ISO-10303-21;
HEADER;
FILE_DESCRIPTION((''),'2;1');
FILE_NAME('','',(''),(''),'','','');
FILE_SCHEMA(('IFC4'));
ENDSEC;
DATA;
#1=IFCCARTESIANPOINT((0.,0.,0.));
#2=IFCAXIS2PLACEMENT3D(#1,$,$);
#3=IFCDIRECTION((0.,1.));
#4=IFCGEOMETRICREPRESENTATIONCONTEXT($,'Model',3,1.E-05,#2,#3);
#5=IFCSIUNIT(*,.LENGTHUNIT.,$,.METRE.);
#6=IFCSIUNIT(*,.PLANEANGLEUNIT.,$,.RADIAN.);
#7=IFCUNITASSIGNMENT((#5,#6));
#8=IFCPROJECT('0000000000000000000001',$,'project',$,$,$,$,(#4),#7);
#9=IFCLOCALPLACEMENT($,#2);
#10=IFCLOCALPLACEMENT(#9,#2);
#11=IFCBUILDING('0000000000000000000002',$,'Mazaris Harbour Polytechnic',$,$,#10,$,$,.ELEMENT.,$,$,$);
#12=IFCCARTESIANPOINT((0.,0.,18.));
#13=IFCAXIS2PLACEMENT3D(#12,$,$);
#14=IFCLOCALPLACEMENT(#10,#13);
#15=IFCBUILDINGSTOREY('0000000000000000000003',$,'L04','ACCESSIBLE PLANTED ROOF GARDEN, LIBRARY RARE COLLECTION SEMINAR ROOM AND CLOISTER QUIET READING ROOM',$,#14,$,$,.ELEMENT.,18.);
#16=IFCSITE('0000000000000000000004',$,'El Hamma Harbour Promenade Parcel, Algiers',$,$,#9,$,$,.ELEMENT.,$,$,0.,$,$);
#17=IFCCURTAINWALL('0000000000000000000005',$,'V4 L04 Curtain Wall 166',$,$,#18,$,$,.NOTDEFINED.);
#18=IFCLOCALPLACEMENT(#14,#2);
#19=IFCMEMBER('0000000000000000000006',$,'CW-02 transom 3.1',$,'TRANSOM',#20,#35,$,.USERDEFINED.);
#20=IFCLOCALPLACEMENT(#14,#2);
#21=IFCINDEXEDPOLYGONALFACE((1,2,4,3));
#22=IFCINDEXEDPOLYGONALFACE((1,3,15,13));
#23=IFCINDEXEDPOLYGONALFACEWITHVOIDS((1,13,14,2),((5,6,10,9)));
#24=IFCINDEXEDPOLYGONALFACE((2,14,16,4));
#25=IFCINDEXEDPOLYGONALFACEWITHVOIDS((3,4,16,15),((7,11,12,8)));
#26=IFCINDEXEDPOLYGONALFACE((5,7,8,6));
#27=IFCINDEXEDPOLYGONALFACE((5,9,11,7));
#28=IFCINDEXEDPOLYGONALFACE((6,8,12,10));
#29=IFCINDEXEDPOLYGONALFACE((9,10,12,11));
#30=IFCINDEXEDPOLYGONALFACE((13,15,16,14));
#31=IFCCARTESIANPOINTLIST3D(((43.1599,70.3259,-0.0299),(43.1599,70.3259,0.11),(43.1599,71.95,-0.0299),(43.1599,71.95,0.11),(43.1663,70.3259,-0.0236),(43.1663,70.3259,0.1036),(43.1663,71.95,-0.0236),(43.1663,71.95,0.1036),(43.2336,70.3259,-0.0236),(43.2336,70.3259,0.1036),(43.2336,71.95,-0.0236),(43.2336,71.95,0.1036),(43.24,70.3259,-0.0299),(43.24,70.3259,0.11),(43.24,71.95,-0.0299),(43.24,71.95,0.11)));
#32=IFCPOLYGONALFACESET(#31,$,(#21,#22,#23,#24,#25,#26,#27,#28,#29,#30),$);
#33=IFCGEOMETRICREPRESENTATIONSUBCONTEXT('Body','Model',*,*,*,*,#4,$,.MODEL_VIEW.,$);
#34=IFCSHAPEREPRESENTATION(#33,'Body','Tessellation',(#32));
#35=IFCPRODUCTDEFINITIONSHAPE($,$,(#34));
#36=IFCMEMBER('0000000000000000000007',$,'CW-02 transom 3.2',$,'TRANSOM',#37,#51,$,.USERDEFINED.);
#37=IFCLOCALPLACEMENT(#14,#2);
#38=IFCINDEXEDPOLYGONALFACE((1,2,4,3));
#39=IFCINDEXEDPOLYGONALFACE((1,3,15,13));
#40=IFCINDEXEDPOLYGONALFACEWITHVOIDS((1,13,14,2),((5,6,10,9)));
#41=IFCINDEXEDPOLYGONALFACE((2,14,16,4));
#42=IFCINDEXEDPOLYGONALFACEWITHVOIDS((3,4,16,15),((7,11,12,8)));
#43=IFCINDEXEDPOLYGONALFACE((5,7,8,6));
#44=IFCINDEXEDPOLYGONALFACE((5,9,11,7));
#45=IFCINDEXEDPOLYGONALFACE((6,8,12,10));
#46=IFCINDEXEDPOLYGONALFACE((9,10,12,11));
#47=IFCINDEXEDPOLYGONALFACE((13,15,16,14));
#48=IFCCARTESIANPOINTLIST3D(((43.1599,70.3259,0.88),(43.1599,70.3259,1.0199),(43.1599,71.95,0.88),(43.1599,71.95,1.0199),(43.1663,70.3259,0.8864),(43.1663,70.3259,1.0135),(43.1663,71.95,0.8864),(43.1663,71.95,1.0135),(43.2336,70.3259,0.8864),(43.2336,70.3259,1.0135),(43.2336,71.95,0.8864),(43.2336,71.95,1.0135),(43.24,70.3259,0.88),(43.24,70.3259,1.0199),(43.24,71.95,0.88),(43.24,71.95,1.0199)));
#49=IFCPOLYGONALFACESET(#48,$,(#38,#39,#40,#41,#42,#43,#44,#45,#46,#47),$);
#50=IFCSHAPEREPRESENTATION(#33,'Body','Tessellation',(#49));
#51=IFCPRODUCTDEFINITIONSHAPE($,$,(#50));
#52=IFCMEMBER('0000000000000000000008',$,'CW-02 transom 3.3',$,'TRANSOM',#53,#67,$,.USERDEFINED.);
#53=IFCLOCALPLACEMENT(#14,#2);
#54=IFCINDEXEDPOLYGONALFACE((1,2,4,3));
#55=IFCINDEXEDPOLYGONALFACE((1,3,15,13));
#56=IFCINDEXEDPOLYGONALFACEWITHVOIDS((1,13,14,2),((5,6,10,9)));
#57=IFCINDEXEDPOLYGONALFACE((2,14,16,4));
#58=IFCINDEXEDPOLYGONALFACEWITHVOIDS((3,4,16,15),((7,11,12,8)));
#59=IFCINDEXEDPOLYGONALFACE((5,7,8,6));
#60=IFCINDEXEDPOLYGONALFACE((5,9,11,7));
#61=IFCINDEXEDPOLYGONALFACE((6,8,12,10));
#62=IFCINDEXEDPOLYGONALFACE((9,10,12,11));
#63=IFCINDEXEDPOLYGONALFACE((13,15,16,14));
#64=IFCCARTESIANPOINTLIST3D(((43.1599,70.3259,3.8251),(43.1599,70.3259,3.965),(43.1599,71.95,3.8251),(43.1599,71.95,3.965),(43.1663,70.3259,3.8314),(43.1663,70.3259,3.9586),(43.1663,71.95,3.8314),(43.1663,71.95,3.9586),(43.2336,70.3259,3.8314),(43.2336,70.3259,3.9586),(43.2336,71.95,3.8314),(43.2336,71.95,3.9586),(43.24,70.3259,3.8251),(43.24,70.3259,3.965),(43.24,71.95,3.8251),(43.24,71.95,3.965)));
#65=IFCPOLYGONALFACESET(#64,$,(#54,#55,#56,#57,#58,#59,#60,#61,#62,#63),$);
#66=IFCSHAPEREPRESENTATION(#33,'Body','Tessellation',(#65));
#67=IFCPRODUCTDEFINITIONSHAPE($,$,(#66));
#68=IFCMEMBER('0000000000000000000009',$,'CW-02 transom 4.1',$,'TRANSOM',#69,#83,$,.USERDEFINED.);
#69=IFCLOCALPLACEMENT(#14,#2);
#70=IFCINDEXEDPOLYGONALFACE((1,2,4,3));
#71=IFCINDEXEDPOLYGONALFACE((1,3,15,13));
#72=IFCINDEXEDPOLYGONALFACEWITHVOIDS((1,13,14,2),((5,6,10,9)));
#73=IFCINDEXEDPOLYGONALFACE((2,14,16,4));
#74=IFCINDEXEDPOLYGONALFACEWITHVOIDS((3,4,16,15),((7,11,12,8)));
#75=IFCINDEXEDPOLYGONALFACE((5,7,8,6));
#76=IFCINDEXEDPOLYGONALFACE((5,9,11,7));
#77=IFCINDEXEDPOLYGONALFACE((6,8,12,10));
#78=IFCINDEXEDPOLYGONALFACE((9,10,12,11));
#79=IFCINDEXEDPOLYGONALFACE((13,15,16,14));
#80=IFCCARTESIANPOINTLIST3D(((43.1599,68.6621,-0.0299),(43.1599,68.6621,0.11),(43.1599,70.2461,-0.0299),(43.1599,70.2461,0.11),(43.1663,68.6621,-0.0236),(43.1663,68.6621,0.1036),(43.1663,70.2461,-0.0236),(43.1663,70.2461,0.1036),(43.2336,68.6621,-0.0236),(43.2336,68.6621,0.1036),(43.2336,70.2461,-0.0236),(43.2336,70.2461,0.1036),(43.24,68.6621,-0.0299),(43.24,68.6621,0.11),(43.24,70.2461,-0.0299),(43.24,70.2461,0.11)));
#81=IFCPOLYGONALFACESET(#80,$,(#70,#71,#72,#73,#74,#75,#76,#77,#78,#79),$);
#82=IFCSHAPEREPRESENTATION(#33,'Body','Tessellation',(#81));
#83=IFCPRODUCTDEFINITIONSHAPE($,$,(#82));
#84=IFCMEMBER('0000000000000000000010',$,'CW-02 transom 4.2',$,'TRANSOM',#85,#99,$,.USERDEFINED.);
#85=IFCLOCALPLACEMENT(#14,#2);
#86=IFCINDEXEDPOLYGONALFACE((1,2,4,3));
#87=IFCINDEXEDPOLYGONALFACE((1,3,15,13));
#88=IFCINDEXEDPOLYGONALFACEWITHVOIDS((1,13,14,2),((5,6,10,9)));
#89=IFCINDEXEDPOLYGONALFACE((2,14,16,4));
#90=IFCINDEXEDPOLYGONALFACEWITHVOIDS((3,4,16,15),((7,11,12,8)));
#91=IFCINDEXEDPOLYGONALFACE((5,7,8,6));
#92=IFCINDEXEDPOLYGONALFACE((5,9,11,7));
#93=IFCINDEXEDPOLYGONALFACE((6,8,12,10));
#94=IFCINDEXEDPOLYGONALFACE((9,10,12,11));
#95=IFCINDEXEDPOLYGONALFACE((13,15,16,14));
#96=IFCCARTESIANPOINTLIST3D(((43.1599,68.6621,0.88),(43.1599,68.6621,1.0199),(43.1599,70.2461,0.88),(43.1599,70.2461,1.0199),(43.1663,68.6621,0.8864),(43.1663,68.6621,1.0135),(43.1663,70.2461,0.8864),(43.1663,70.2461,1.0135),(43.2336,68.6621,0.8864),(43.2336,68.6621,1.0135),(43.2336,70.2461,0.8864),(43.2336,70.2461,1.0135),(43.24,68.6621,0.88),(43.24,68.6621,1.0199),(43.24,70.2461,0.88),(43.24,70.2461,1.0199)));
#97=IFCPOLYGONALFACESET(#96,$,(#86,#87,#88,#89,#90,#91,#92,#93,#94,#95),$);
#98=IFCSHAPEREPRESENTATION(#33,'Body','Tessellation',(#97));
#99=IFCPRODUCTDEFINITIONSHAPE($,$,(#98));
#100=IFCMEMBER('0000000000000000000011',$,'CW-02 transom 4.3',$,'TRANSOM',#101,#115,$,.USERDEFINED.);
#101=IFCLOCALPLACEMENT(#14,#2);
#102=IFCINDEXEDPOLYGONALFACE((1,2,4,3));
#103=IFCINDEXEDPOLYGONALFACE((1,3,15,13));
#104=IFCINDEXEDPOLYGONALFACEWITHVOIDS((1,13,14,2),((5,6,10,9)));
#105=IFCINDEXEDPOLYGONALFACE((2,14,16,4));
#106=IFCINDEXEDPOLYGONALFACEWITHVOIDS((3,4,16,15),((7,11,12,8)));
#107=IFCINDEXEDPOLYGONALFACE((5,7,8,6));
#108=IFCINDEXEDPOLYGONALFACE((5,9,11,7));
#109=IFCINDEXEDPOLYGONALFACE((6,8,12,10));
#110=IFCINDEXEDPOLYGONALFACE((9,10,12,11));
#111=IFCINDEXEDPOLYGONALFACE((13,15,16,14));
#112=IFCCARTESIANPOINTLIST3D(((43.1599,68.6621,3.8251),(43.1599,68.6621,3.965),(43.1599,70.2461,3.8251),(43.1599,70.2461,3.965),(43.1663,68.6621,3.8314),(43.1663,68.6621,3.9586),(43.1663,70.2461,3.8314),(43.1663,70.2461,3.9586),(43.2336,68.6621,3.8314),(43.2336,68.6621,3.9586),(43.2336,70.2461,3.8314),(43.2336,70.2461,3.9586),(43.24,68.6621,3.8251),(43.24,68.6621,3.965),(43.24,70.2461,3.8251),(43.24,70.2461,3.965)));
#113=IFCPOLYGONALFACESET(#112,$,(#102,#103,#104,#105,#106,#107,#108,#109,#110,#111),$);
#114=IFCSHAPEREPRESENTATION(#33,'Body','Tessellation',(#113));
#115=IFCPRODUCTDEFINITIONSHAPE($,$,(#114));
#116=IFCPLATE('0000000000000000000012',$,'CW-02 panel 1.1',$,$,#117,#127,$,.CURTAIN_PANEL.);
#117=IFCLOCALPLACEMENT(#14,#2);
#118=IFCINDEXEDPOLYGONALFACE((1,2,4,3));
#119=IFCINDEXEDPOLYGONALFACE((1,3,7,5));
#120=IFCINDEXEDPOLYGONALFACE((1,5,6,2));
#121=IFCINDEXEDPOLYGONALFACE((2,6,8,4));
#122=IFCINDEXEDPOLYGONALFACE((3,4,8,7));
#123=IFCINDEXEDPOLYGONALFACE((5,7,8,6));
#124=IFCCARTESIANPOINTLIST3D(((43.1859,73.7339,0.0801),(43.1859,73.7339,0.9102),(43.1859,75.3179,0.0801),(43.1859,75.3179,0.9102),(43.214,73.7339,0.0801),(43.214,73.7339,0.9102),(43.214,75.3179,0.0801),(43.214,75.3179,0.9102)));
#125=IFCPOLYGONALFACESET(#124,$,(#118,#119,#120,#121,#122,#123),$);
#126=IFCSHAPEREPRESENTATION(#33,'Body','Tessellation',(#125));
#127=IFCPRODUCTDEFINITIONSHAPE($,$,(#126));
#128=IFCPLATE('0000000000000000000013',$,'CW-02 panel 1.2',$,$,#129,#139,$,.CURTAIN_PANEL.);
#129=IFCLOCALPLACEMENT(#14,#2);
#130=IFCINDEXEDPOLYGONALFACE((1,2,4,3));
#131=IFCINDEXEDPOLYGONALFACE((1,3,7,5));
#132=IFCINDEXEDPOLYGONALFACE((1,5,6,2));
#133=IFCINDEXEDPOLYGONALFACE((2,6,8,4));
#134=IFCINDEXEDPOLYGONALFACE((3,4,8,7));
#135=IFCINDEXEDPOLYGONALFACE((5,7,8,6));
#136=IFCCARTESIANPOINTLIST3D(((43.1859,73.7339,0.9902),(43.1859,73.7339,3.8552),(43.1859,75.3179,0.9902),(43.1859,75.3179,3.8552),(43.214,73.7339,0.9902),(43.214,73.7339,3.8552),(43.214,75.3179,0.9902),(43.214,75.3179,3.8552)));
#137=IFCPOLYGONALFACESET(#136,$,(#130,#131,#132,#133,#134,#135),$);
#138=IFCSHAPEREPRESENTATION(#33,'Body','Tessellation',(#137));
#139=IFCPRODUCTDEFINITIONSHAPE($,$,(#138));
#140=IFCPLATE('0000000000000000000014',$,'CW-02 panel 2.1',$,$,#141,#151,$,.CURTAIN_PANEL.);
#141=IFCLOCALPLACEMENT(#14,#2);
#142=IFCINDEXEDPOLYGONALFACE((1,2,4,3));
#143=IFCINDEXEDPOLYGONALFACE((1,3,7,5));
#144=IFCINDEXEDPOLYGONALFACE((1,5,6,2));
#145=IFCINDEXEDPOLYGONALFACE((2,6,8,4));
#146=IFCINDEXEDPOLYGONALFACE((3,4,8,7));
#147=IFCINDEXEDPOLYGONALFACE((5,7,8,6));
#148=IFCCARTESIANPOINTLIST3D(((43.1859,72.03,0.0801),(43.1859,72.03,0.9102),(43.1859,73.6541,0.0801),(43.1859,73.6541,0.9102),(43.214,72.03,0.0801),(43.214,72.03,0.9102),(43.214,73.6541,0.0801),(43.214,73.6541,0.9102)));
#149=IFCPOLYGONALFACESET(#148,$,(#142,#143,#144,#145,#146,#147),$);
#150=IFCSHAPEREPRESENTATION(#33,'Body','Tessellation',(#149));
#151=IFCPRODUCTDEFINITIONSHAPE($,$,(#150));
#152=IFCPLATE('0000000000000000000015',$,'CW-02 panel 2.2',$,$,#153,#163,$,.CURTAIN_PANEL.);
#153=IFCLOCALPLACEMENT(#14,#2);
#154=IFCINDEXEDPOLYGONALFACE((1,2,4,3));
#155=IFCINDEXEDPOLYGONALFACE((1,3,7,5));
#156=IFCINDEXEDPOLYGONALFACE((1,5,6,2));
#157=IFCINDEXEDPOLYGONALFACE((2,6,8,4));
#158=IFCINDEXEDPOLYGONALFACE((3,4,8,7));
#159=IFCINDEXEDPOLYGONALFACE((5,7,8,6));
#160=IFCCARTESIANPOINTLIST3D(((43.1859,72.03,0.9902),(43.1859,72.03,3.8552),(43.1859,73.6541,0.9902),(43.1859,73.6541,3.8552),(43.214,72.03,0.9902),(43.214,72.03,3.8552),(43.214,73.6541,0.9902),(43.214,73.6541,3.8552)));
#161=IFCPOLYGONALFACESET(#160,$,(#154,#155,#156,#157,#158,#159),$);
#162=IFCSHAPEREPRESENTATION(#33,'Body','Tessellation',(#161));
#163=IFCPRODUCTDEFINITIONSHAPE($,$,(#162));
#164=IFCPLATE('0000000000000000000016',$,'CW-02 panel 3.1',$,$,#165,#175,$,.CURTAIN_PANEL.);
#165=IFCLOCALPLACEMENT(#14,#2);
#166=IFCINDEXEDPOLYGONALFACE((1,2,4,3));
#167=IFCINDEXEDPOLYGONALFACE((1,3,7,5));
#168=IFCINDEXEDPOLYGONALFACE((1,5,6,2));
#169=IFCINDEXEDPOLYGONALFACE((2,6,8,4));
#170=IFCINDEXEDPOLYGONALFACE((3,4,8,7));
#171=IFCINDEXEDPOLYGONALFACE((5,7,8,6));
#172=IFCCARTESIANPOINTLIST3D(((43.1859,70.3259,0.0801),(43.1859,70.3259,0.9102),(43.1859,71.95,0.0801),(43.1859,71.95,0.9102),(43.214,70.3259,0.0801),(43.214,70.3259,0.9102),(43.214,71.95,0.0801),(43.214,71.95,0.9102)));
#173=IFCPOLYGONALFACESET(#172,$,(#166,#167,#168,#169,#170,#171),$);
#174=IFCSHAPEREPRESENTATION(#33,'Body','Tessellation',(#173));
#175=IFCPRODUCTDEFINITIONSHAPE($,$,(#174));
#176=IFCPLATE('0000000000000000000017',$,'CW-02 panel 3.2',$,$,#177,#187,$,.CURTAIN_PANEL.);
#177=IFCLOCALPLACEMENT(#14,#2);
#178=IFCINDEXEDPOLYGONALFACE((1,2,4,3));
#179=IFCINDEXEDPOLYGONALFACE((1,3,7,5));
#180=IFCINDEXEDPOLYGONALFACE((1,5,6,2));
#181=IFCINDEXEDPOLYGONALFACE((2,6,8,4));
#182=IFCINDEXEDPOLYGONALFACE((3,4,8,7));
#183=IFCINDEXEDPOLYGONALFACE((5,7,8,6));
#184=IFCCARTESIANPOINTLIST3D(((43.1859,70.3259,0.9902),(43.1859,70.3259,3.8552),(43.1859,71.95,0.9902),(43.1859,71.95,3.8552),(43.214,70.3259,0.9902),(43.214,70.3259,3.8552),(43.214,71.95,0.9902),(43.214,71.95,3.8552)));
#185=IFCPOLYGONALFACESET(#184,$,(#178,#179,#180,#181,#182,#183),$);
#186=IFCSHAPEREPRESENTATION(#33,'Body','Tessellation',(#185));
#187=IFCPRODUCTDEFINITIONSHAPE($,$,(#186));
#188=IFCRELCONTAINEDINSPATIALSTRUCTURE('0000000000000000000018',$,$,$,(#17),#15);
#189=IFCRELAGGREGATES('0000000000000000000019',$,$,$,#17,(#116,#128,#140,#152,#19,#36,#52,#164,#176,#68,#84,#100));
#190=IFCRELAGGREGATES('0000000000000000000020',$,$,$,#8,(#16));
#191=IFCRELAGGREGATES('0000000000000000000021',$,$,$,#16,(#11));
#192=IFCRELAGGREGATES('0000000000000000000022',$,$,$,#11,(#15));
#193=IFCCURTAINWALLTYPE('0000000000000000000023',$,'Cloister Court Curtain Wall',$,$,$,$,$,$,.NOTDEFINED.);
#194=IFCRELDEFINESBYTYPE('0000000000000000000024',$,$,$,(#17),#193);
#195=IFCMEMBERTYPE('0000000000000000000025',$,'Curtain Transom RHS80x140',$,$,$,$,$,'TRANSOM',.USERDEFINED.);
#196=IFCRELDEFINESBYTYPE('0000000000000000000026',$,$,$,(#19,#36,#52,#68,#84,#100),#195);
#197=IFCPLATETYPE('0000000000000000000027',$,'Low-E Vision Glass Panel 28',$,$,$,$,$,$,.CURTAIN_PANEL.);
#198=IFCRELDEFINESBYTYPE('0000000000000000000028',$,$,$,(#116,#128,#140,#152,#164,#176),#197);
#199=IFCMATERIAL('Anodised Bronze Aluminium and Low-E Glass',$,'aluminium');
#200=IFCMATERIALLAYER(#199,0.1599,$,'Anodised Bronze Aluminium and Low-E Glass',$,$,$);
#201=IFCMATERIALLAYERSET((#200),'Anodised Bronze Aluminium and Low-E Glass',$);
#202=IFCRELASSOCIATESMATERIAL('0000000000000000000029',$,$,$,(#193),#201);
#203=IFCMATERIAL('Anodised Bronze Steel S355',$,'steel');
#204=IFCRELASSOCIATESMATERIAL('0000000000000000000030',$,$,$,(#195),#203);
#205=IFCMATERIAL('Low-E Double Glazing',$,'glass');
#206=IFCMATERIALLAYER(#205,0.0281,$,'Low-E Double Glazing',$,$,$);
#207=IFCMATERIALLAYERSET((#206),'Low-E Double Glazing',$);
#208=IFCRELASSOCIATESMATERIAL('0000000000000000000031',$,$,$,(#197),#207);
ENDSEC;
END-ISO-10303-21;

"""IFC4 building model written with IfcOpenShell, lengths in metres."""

from ifc_helpers import new_model, si_unit, direction, frame, origin, origin_2d, place, context, subcontext, project, spatial, rectangle, hollow_rectangle, extrude, material, layer, layer_set, material_profile, profile_set, type_object, element, aggregate, save


model = new_model("IFC4")

# Units and contexts
model_context = context("Model", 3, precision=1e-05, world=origin(), true_north=direction((0.0, 1.0)))
body_context = subcontext(model_context, "Body", "Model", "MODEL_VIEW")
ifc_project = project(units=[si_unit("LENGTHUNIT", "METRE"), si_unit("PLANEANGLEUNIT", "RADIAN")], contexts=[model_context])

# Site, building, storey
site_placement = place(None, origin())
site = spatial("IfcSite", under=ifc_project, at=site_placement, Name="El Hamma Harbour Promenade Parcel, Algiers", CompositionType="ELEMENT", RefElevation=0.0)
building_placement = place(site_placement, origin())
building = spatial("IfcBuilding", under=site, at=building_placement, Name="Mazaris Harbour Polytechnic", CompositionType="ELEMENT")
storey_placement = place(building_placement, frame((0.0, 0.0, 18.0)))
storey = spatial("IfcBuildingStorey", under=building, at=storey_placement, Name="L04", Description="ACCESSIBLE PLANTED ROOF GARDEN, LIBRARY RARE COLLECTION SEMINAR ROOM AND CLOISTER QUIET READING ROOM", CompositionType="ELEMENT", Elevation=18.0)

# Curtain wall, members, plates
ifc_material_1 = material(Name="Anodised Bronze Aluminium and Low-E Glass", Category="aluminium")
ifc_layer_1 = layer(ifc_material_1, 0.1599, Name="Anodised Bronze Aluminium and Low-E Glass")
ifc_layer_set_1 = layer_set([ifc_layer_1], Name="Anodised Bronze Aluminium and Low-E Glass")
curtain_wall_type = type_object("IfcCurtainWallType", Name="Cloister Court Curtain Wall", PredefinedType="NOTDEFINED", material=ifc_layer_set_1)
curtain_wall_placement = place(storey_placement, origin())
curtain_wall = element("IfcCurtainWall", 1, at=curtain_wall_placement, inside=storey, type_object=curtain_wall_type, Name="V4 L04 Curtain Wall 166", PredefinedType="NOTDEFINED")
ifc_material_2 = material(Name="Anodised Bronze Steel S355", Category="steel")
ifc_material_profile_1 = material_profile(ifc_material_2, hollow_rectangle(XDim=0.0801, YDim=0.1399, WallThickness=0.0063, at=origin_2d()), Name="RHS 80x140x6.3")
ifc_profile_set_1 = profile_set([ifc_material_profile_1], Name="Anodised Bronze Steel S355")
member_type_1 = type_object("IfcMemberType", Name="Curtain Transom RHS80x140", ElementType="TRANSOM", PredefinedType="USERDEFINED", material=ifc_profile_set_1)
member_1_placement = place(storey_placement, frame((43.2, 71.95, 0.04), z_axis=(0.0, -1.0, 0.0), x_axis=(1.0, 0.0, 0.0)))
member_1 = element("IfcMember", 2, at=member_1_placement, type_object=member_type_1, Name="CW-02 transom 3.1", ObjectType="TRANSOM", PredefinedType="USERDEFINED", context=body_context, shape_type="SweptSolid", body=[
    extrude(hollow_rectangle(XDim=0.0801, YDim=0.1399, WallThickness=0.0063, at=origin_2d()), origin(), (0.0, 0.0, 1.0), 1.624),
])
member_2_placement = place(storey_placement, frame((43.2, 71.95, 0.95), z_axis=(0.0, -1.0, 0.0), x_axis=(1.0, 0.0, 0.0)))
member_2 = element("IfcMember", 3, at=member_2_placement, type_object=member_type_1, Name="CW-02 transom 3.2", ObjectType="TRANSOM", PredefinedType="USERDEFINED", context=body_context, shape_type="SweptSolid", body=[
    extrude(hollow_rectangle(XDim=0.0801, YDim=0.1399, WallThickness=0.0063, at=origin_2d()), origin(), (0.0, 0.0, 1.0), 1.624),
])
member_3_placement = place(storey_placement, frame((43.2, 71.95, 3.895), z_axis=(0.0, -1.0, 0.0), x_axis=(1.0, 0.0, 0.0)))
member_3 = element("IfcMember", 4, at=member_3_placement, type_object=member_type_1, Name="CW-02 transom 3.3", ObjectType="TRANSOM", PredefinedType="USERDEFINED", context=body_context, shape_type="SweptSolid", body=[
    extrude(hollow_rectangle(XDim=0.0801, YDim=0.1399, WallThickness=0.0063, at=origin_2d()), origin(), (0.0, 0.0, 1.0), 1.624),
])
member_4_placement = place(storey_placement, frame((43.2, 70.2461, 0.04), z_axis=(0.0, -1.0, 0.0), x_axis=(1.0, 0.0, 0.0)))
member_4 = element("IfcMember", 5, at=member_4_placement, type_object=member_type_1, Name="CW-02 transom 4.1", ObjectType="TRANSOM", PredefinedType="USERDEFINED", context=body_context, shape_type="SweptSolid", body=[
    extrude(hollow_rectangle(XDim=0.0801, YDim=0.1399, WallThickness=0.0063, at=origin_2d()), origin(), (0.0, 0.0, 1.0), 1.584),
])
member_5_placement = place(storey_placement, frame((43.2, 70.2461, 0.95), z_axis=(0.0, -1.0, 0.0), x_axis=(1.0, 0.0, 0.0)))
member_5 = element("IfcMember", 6, at=member_5_placement, type_object=member_type_1, Name="CW-02 transom 4.2", ObjectType="TRANSOM", PredefinedType="USERDEFINED", context=body_context, shape_type="SweptSolid", body=[
    extrude(hollow_rectangle(XDim=0.0801, YDim=0.1399, WallThickness=0.0063, at=origin_2d()), origin(), (0.0, 0.0, 1.0), 1.584),
])
member_6_placement = place(storey_placement, frame((43.2, 70.2461, 3.895), z_axis=(0.0, -1.0, 0.0), x_axis=(1.0, 0.0, 0.0)))
member_6 = element("IfcMember", 7, at=member_6_placement, type_object=member_type_1, Name="CW-02 transom 4.3", ObjectType="TRANSOM", PredefinedType="USERDEFINED", context=body_context, shape_type="SweptSolid", body=[
    extrude(hollow_rectangle(XDim=0.0801, YDim=0.1399, WallThickness=0.0063, at=origin_2d()), origin(), (0.0, 0.0, 1.0), 1.584),
])
ifc_material_3 = material(Name="Low-E Double Glazing", Category="glass")
ifc_layer_2 = layer(ifc_material_3, 0.0281, Name="Low-E Double Glazing")
ifc_layer_set_2 = layer_set([ifc_layer_2], Name="Low-E Double Glazing")
plate_type = type_object("IfcPlateType", Name="Low-E Vision Glass Panel 28", PredefinedType="CURTAIN_PANEL", material=ifc_layer_set_2)
plate_1_placement = place(storey_placement, frame((43.2, 74.5259, 0.0801), z_axis=(0.0, 0.0, 1.0), x_axis=(0.0, -1.0, 0.0)))
plate_1 = element("IfcPlate", 8, at=plate_1_placement, type_object=plate_type, Name="CW-02 panel 1.1", PredefinedType="CURTAIN_PANEL", context=body_context, shape_type="SweptSolid", body=[
    extrude(rectangle(XDim=1.584, YDim=0.0281, at=origin_2d()), origin(), (0.0, 0.0, 1.0), 0.8301),
])
plate_2_placement = place(storey_placement, frame((43.2, 74.5259, 0.9902), z_axis=(0.0, 0.0, 1.0), x_axis=(0.0, -1.0, 0.0)))
plate_2 = element("IfcPlate", 9, at=plate_2_placement, type_object=plate_type, Name="CW-02 panel 1.2", PredefinedType="CURTAIN_PANEL", context=body_context, shape_type="SweptSolid", body=[
    extrude(rectangle(XDim=1.584, YDim=0.0281, at=origin_2d()), origin(), (0.0, 0.0, 1.0), 2.865),
])
plate_3_placement = place(storey_placement, frame((43.2, 72.842, 0.0801), z_axis=(0.0, 0.0, 1.0), x_axis=(0.0, -1.0, 0.0)))
plate_3 = element("IfcPlate", 10, at=plate_3_placement, type_object=plate_type, Name="CW-02 panel 2.1", PredefinedType="CURTAIN_PANEL", context=body_context, shape_type="SweptSolid", body=[
    extrude(rectangle(XDim=1.624, YDim=0.0281, at=origin_2d()), origin(), (0.0, 0.0, 1.0), 0.8301),
])
plate_4_placement = place(storey_placement, frame((43.2, 72.842, 0.9902), z_axis=(0.0, 0.0, 1.0), x_axis=(0.0, -1.0, 0.0)))
plate_4 = element("IfcPlate", 11, at=plate_4_placement, type_object=plate_type, Name="CW-02 panel 2.2", PredefinedType="CURTAIN_PANEL", context=body_context, shape_type="SweptSolid", body=[
    extrude(rectangle(XDim=1.624, YDim=0.0281, at=origin_2d()), origin(), (0.0, 0.0, 1.0), 2.865),
])
plate_5_placement = place(storey_placement, frame((43.2, 71.1379, 0.0801), z_axis=(0.0, 0.0, 1.0), x_axis=(0.0, -1.0, 0.0)))
plate_5 = element("IfcPlate", 12, at=plate_5_placement, type_object=plate_type, Name="CW-02 panel 3.1", PredefinedType="CURTAIN_PANEL", context=body_context, shape_type="SweptSolid", body=[
    extrude(rectangle(XDim=1.624, YDim=0.0281, at=origin_2d()), origin(), (0.0, 0.0, 1.0), 0.8301),
])
plate_6_placement = place(storey_placement, frame((43.2, 71.1379, 0.9902), z_axis=(0.0, 0.0, 1.0), x_axis=(0.0, -1.0, 0.0)))
plate_6 = element("IfcPlate", 13, at=plate_6_placement, type_object=plate_type, Name="CW-02 panel 3.2", PredefinedType="CURTAIN_PANEL", context=body_context, shape_type="SweptSolid", body=[
    extrude(rectangle(XDim=1.624, YDim=0.0281, at=origin_2d()), origin(), (0.0, 0.0, 1.0), 2.865),
])
aggregate(curtain_wall, [plate_1, plate_2, plate_3, plate_4, member_1, member_2, member_3, plate_5, plate_6, member_4, member_5, member_6])

save(model, "model.ifc")
